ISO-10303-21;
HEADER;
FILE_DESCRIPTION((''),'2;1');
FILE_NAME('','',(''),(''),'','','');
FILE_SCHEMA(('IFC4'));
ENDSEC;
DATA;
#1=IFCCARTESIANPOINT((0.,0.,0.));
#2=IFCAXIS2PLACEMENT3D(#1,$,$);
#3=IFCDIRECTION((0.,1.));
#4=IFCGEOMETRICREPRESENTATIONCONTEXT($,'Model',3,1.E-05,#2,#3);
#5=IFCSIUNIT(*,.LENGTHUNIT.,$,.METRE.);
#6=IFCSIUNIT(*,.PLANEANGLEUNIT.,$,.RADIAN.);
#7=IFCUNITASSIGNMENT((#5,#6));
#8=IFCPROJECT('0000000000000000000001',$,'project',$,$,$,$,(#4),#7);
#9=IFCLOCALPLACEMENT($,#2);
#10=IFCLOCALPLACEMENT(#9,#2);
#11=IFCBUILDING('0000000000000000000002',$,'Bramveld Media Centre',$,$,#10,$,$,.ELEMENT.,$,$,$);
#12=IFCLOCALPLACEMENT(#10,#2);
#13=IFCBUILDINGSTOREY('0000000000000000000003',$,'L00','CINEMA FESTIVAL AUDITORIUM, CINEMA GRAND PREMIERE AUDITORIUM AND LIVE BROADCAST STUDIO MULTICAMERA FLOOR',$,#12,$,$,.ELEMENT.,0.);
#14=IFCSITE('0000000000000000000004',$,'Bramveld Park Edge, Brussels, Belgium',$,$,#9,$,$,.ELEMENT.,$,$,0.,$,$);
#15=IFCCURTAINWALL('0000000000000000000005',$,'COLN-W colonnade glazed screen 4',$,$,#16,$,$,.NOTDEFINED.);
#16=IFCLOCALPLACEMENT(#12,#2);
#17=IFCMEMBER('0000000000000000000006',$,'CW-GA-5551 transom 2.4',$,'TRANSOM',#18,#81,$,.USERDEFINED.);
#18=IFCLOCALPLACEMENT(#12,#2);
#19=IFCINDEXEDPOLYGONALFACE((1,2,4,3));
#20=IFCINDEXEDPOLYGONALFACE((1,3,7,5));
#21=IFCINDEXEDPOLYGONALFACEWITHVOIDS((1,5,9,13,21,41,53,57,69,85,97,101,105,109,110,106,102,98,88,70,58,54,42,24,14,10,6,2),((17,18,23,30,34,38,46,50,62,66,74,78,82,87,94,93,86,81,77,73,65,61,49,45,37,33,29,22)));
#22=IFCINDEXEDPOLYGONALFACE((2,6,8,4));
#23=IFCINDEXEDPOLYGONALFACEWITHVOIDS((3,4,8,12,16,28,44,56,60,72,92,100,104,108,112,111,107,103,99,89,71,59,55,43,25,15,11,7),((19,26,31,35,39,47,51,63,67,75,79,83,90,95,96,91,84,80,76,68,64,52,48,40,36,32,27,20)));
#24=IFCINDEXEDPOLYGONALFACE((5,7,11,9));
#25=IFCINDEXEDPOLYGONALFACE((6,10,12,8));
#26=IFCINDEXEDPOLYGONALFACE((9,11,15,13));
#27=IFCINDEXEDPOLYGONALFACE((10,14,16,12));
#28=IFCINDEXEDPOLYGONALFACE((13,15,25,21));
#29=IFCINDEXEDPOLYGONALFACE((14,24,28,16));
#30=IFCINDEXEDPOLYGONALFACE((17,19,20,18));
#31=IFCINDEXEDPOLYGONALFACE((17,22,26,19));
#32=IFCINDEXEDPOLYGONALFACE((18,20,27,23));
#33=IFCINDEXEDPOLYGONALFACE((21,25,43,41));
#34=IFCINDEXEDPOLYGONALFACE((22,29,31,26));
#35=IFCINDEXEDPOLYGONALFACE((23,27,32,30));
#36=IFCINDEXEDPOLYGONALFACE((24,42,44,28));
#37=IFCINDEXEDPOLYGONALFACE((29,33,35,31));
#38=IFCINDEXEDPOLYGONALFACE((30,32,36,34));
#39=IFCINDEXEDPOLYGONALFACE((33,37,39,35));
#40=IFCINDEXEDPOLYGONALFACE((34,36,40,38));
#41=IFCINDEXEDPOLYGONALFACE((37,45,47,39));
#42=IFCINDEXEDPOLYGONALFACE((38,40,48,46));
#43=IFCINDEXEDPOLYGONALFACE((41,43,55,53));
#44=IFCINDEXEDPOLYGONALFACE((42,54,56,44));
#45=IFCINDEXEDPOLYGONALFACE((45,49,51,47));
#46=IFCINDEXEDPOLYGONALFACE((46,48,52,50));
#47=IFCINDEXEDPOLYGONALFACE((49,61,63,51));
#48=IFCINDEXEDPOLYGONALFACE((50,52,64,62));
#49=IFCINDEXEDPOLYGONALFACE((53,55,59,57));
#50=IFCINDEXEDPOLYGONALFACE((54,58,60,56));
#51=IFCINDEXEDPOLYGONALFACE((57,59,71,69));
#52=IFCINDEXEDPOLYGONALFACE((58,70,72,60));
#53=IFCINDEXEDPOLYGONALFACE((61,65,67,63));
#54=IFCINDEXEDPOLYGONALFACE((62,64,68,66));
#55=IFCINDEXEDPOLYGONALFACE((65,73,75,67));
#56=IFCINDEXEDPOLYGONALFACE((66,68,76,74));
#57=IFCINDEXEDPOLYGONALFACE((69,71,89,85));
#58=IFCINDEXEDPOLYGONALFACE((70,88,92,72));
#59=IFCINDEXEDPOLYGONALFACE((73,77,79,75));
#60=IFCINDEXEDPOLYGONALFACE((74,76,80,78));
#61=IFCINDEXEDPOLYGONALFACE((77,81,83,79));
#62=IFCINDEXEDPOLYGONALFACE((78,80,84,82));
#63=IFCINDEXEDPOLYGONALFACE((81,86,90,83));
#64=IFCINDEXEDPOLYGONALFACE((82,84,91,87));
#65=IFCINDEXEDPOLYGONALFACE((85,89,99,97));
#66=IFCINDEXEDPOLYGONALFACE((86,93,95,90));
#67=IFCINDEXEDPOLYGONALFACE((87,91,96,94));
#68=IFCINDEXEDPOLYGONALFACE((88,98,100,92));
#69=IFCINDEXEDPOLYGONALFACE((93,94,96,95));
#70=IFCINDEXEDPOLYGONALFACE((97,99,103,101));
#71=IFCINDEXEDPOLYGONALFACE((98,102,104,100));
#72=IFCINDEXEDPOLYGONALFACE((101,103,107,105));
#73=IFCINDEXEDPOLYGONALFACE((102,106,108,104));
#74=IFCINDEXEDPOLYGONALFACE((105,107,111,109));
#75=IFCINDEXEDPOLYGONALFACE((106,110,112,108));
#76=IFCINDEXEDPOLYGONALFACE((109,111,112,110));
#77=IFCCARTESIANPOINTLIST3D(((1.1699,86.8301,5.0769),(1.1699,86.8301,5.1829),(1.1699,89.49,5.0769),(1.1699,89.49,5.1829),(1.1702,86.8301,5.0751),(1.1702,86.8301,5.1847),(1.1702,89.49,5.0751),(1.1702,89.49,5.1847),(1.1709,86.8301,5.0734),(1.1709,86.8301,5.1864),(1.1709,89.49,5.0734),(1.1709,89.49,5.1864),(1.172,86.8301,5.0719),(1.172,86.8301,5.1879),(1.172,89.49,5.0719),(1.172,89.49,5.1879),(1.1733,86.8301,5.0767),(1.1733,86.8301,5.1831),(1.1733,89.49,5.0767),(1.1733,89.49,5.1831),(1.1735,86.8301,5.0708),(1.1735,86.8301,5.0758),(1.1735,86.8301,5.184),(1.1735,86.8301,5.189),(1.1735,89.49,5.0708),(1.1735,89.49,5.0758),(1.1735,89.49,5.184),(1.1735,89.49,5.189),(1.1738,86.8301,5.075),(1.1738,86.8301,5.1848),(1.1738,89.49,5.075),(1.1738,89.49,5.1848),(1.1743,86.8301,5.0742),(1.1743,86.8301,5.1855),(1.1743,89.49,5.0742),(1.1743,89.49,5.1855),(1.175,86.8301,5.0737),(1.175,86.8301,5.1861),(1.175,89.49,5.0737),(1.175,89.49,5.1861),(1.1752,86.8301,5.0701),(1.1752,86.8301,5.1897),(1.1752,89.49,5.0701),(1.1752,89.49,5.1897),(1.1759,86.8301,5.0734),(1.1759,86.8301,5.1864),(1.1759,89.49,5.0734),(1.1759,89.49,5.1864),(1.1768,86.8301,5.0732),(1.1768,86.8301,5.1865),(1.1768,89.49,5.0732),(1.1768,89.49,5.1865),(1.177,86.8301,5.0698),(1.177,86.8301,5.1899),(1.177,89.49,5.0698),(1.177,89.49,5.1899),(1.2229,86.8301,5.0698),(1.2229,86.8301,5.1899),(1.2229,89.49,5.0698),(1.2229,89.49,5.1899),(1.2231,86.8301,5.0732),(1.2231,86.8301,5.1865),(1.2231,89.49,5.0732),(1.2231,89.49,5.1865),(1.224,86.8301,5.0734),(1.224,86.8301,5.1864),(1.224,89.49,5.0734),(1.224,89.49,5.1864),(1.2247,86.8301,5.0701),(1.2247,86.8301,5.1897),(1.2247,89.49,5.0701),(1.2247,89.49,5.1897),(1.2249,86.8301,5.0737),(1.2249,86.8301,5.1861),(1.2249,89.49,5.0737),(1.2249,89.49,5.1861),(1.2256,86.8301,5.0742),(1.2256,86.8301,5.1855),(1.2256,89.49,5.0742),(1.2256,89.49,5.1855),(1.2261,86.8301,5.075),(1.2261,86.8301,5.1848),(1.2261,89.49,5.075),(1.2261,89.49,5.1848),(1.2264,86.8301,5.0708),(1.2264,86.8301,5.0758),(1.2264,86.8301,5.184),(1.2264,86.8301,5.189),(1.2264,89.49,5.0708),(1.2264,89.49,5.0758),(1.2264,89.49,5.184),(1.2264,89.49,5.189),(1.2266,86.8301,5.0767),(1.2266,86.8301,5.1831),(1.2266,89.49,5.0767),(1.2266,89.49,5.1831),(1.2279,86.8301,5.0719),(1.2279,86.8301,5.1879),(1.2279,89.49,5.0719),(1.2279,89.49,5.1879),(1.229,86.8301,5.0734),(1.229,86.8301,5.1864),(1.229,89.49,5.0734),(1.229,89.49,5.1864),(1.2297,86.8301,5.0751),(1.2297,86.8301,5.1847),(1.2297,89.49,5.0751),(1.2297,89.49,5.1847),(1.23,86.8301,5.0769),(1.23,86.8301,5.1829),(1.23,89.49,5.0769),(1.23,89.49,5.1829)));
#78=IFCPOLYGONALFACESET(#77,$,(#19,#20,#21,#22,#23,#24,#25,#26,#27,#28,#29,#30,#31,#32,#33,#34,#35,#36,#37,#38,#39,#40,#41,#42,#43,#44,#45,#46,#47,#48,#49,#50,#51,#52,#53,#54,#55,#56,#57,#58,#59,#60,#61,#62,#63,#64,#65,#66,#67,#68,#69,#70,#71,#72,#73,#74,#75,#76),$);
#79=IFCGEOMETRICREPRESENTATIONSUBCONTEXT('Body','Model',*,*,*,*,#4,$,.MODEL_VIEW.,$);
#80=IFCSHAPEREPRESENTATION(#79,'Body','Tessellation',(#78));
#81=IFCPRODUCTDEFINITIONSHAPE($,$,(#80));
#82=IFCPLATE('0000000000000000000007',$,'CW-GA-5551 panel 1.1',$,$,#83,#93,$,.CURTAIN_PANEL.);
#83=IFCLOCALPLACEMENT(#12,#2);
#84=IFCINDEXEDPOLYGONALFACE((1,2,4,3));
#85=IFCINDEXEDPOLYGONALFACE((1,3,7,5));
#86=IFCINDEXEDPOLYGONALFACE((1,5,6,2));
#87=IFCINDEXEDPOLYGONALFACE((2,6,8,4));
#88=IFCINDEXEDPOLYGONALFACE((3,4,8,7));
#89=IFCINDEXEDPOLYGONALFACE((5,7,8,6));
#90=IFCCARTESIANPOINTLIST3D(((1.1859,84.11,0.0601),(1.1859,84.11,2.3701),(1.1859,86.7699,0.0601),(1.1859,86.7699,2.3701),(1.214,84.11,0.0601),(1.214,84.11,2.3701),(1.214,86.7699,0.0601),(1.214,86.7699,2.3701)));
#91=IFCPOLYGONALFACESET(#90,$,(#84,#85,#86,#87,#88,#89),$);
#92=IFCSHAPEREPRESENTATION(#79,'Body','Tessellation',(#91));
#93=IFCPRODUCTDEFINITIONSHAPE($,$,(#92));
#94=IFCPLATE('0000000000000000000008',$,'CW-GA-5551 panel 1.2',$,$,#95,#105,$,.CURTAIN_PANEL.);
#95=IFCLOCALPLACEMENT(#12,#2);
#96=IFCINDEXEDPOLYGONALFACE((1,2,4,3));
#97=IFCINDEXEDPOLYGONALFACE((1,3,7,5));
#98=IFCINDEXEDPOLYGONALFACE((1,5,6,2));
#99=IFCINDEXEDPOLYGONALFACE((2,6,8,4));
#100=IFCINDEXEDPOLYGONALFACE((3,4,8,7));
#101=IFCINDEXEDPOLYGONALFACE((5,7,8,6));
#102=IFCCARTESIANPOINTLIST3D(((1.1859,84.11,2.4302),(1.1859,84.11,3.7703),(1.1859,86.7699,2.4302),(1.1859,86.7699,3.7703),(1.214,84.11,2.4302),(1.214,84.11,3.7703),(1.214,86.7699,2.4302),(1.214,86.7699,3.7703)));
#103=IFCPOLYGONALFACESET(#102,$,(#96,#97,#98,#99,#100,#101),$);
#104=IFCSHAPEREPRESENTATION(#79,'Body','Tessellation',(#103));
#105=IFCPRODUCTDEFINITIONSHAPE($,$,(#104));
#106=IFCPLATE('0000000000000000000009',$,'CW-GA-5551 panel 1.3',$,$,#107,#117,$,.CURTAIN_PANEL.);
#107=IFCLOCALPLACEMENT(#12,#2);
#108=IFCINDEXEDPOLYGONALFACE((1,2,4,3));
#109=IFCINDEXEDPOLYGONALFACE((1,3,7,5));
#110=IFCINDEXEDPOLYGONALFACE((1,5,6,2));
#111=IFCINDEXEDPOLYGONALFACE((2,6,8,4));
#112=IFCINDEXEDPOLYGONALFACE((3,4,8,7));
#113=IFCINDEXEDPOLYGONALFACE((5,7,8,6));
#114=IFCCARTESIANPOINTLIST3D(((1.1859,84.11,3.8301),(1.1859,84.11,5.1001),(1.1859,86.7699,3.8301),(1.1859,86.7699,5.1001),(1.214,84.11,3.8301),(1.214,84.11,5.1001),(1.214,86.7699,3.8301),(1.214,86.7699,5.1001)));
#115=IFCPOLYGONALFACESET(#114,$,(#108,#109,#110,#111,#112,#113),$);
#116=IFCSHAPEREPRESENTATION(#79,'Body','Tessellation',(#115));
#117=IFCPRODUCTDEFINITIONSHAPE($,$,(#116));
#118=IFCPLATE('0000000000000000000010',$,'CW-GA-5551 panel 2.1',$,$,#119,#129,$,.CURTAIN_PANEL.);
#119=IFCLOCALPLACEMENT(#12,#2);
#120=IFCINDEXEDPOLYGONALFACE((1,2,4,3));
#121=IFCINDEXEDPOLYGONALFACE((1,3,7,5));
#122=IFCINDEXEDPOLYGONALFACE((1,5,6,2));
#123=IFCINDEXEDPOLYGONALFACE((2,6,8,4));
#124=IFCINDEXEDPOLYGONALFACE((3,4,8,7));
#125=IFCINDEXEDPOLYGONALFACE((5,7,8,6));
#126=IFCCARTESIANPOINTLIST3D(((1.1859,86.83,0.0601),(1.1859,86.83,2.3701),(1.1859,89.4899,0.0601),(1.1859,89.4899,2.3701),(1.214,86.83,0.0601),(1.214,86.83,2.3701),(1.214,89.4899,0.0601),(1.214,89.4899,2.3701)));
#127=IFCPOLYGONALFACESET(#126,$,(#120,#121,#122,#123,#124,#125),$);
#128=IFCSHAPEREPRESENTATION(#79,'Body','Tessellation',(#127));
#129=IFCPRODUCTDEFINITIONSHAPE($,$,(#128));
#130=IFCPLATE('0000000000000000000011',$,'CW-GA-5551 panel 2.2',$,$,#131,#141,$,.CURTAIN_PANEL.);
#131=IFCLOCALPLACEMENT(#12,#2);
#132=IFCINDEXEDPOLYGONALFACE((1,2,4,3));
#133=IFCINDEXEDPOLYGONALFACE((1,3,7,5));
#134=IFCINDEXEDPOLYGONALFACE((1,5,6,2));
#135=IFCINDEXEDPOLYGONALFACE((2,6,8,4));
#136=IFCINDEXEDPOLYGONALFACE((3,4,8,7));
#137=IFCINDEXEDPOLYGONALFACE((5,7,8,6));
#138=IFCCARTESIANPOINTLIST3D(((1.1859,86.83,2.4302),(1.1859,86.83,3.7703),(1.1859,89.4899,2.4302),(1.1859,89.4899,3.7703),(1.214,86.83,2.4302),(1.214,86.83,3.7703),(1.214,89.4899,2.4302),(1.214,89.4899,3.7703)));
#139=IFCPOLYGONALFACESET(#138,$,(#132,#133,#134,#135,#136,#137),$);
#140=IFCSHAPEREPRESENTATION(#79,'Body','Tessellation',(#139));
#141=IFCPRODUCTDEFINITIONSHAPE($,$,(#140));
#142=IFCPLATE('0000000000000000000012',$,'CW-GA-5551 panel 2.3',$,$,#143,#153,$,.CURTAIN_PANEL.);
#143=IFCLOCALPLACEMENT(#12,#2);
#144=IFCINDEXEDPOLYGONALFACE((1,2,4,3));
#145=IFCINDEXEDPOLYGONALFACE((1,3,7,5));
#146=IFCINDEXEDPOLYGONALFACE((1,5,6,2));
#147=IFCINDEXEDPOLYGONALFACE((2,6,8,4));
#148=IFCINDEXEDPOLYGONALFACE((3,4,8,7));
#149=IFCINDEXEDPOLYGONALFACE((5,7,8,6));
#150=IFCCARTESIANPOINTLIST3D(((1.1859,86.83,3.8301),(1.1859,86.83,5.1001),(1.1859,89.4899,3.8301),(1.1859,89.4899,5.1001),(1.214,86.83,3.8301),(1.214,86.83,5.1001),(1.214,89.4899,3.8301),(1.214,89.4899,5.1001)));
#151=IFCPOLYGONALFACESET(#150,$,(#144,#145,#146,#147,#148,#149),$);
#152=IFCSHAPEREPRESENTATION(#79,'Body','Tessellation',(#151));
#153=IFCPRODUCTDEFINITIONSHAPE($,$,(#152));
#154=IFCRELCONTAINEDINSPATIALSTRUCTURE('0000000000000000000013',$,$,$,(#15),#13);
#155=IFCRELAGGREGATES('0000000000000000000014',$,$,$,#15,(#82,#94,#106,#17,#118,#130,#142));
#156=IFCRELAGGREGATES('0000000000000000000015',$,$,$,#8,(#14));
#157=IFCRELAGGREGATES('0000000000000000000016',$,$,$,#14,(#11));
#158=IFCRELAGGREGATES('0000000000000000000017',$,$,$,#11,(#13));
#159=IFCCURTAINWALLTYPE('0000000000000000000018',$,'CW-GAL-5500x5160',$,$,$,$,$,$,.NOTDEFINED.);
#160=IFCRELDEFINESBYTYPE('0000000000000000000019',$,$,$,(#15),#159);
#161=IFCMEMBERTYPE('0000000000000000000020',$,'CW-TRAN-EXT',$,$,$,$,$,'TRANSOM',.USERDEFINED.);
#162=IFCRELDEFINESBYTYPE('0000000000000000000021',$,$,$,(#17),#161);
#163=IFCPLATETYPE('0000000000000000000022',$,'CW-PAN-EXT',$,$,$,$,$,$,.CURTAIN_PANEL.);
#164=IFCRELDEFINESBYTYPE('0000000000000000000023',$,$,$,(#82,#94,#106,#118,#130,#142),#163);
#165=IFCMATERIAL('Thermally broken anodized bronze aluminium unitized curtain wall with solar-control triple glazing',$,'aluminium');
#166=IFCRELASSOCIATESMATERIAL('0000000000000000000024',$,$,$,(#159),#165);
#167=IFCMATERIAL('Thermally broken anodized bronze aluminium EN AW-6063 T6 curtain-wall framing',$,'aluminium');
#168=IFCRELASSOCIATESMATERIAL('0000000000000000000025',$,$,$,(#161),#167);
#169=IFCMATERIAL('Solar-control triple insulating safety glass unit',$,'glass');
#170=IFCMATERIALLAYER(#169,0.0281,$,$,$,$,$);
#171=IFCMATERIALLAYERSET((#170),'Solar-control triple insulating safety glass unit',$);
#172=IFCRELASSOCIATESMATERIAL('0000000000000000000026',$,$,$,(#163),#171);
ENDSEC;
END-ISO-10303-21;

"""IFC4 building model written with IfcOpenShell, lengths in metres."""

from ifc_helpers import new_model, si_unit, direction, frame, origin, origin_2d, place, context, subcontext, project, spatial, rectangle, hollow_rectangle, extrude, material, layer, layer_set, material_profile, profile_set, type_object, element, aggregate, save


model = new_model("IFC4")

# Units and contexts
model_context = context("Model", 3, precision=1e-05, world=origin(), true_north=direction((0.0, 1.0)))
body_context = subcontext(model_context, "Body", "Model", "MODEL_VIEW")
ifc_project = project(units=[si_unit("LENGTHUNIT", "METRE"), si_unit("PLANEANGLEUNIT", "RADIAN")], contexts=[model_context])

# Site, building, storey
site_placement = place(None, origin())
site = spatial("IfcSite", under=ifc_project, at=site_placement, Name="Bramveld Park Edge, Brussels, Belgium", CompositionType="ELEMENT", RefElevation=0.0)
building_placement = place(site_placement, origin())
building = spatial("IfcBuilding", under=site, at=building_placement, Name="Bramveld Media Centre", CompositionType="ELEMENT")
storey_placement = place(building_placement, origin())
storey = spatial("IfcBuildingStorey", under=building, at=storey_placement, Name="L00", Description="CINEMA FESTIVAL AUDITORIUM, CINEMA GRAND PREMIERE AUDITORIUM AND LIVE BROADCAST STUDIO MULTICAMERA FLOOR", CompositionType="ELEMENT", Elevation=0.0)

# Curtain wall, member, plates
ifc_material_1 = material(Name="Thermally broken anodized bronze aluminium unitized curtain wall with solar-control triple glazing", Category="aluminium")
curtain_wall_type_1 = type_object("IfcCurtainWallType", Name="CW-GAL-5500x5160", PredefinedType="NOTDEFINED", material=ifc_material_1)
curtain_wall_1_placement = place(storey_placement, origin())
curtain_wall_1 = element("IfcCurtainWall", 1, at=curtain_wall_1_placement, inside=storey, type_object=curtain_wall_type_1, Name="COLN-W colonnade glazed screen 4", PredefinedType="NOTDEFINED")
ifc_material_2 = material(Name="Thermally broken anodized bronze aluminium EN AW-6063 T6 curtain-wall framing", Category="aluminium")
ifc_material_profile_1 = material_profile(ifc_material_2, hollow_rectangle(XDim=0.0601, YDim=0.1201, WallThickness=0.0034, InnerFilletRadius=0.0034, OuterFilletRadius=0.0071, at=origin_2d()), Name="AL-TRAN 60x120")
ifc_profile_set_1 = profile_set([ifc_material_profile_1], Name="Thermally broken anodized bronze aluminium EN AW-6063 T6 curtain-wall framing")
member_type_1 = type_object("IfcMemberType", Name="CW-TRAN-EXT", ElementType="TRANSOM", PredefinedType="USERDEFINED", material=ifc_profile_set_1)
member_1_placement = place(storey_placement, frame((1.2, 86.8301, 5.1299), z_axis=(0.0, 1.0, 0.0), x_axis=(-1.0, 0.0, 0.0)))
member_1 = element("IfcMember", 2, at=member_1_placement, type_object=member_type_1, Name="CW-GA-5551 transom 2.4", ObjectType="TRANSOM", PredefinedType="USERDEFINED", context=body_context, shape_type="SweptSolid", body=[
    extrude(hollow_rectangle(XDim=0.0601, YDim=0.1201, WallThickness=0.0034, InnerFilletRadius=0.0034, OuterFilletRadius=0.0071, at=origin_2d()), origin(), (0.0, 0.0, 1.0), 2.6599),
])
ifc_material_3 = material(Name="Solar-control triple insulating safety glass unit", Category="glass")
ifc_layer = layer(ifc_material_3, 0.0281)
ifc_layer_set = layer_set([ifc_layer], Name="Solar-control triple insulating safety glass unit")
plate_type = type_object("IfcPlateType", Name="CW-PAN-EXT", PredefinedType="CURTAIN_PANEL", material=ifc_layer_set)
plate_1_placement = place(storey_placement, frame((1.2, 85.4399, 0.0601), z_axis=(0.0, 0.0, 1.0), x_axis=(0.0, 1.0, 0.0)))
plate_1 = element("IfcPlate", 3, at=plate_1_placement, type_object=plate_type, Name="CW-GA-5551 panel 1.1", PredefinedType="CURTAIN_PANEL", context=body_context, shape_type="SweptSolid", body=[
    extrude(rectangle(XDim=2.6599, YDim=0.0281, at=origin_2d()), origin(), (0.0, 0.0, 1.0), 2.3101),
])
plate_2_placement = place(storey_placement, frame((1.2, 85.4399, 2.4302), z_axis=(0.0, 0.0, 1.0), x_axis=(0.0, 1.0, 0.0)))
plate_2 = element("IfcPlate", 4, at=plate_2_placement, type_object=plate_type, Name="CW-GA-5551 panel 1.2", PredefinedType="CURTAIN_PANEL", context=body_context, shape_type="SweptSolid", body=[
    extrude(rectangle(XDim=2.6599, YDim=0.0281, at=origin_2d()), origin(), (0.0, 0.0, 1.0), 1.3401),
])
plate_3_placement = place(storey_placement, frame((1.2, 85.4399, 3.8301), z_axis=(0.0, 0.0, 1.0), x_axis=(0.0, 1.0, 0.0)))
plate_3 = element("IfcPlate", 5, at=plate_3_placement, type_object=plate_type, Name="CW-GA-5551 panel 1.3", PredefinedType="CURTAIN_PANEL", context=body_context, shape_type="SweptSolid", body=[
    extrude(rectangle(XDim=2.6599, YDim=0.0281, at=origin_2d()), origin(), (0.0, 0.0, 1.0), 1.27),
])
plate_4_placement = place(storey_placement, frame((1.2, 88.1599, 0.0601), z_axis=(0.0, 0.0, 1.0), x_axis=(0.0, 1.0, 0.0)))
plate_4 = element("IfcPlate", 6, at=plate_4_placement, type_object=plate_type, Name="CW-GA-5551 panel 2.1", PredefinedType="CURTAIN_PANEL", context=body_context, shape_type="SweptSolid", body=[
    extrude(rectangle(XDim=2.6599, YDim=0.0281, at=origin_2d()), origin(), (0.0, 0.0, 1.0), 2.3101),
])
plate_5_placement = place(storey_placement, frame((1.2, 88.1599, 2.4302), z_axis=(0.0, 0.0, 1.0), x_axis=(0.0, 1.0, 0.0)))
plate_5 = element("IfcPlate", 7, at=plate_5_placement, type_object=plate_type, Name="CW-GA-5551 panel 2.2", PredefinedType="CURTAIN_PANEL", context=body_context, shape_type="SweptSolid", body=[
    extrude(rectangle(XDim=2.6599, YDim=0.0281, at=origin_2d()), origin(), (0.0, 0.0, 1.0), 1.3401),
])
plate_6_placement = place(storey_placement, frame((1.2, 88.1599, 3.8301), z_axis=(0.0, 0.0, 1.0), x_axis=(0.0, 1.0, 0.0)))
plate_6 = element("IfcPlate", 8, at=plate_6_placement, type_object=plate_type, Name="CW-GA-5551 panel 2.3", PredefinedType="CURTAIN_PANEL", context=body_context, shape_type="SweptSolid", body=[
    extrude(rectangle(XDim=2.6599, YDim=0.0281, at=origin_2d()), origin(), (0.0, 0.0, 1.0), 1.27),
])
aggregate(curtain_wall_1, [plate_1, plate_2, plate_3, member_1, plate_4, plate_5, plate_6])

save(model, "model.ifc")
